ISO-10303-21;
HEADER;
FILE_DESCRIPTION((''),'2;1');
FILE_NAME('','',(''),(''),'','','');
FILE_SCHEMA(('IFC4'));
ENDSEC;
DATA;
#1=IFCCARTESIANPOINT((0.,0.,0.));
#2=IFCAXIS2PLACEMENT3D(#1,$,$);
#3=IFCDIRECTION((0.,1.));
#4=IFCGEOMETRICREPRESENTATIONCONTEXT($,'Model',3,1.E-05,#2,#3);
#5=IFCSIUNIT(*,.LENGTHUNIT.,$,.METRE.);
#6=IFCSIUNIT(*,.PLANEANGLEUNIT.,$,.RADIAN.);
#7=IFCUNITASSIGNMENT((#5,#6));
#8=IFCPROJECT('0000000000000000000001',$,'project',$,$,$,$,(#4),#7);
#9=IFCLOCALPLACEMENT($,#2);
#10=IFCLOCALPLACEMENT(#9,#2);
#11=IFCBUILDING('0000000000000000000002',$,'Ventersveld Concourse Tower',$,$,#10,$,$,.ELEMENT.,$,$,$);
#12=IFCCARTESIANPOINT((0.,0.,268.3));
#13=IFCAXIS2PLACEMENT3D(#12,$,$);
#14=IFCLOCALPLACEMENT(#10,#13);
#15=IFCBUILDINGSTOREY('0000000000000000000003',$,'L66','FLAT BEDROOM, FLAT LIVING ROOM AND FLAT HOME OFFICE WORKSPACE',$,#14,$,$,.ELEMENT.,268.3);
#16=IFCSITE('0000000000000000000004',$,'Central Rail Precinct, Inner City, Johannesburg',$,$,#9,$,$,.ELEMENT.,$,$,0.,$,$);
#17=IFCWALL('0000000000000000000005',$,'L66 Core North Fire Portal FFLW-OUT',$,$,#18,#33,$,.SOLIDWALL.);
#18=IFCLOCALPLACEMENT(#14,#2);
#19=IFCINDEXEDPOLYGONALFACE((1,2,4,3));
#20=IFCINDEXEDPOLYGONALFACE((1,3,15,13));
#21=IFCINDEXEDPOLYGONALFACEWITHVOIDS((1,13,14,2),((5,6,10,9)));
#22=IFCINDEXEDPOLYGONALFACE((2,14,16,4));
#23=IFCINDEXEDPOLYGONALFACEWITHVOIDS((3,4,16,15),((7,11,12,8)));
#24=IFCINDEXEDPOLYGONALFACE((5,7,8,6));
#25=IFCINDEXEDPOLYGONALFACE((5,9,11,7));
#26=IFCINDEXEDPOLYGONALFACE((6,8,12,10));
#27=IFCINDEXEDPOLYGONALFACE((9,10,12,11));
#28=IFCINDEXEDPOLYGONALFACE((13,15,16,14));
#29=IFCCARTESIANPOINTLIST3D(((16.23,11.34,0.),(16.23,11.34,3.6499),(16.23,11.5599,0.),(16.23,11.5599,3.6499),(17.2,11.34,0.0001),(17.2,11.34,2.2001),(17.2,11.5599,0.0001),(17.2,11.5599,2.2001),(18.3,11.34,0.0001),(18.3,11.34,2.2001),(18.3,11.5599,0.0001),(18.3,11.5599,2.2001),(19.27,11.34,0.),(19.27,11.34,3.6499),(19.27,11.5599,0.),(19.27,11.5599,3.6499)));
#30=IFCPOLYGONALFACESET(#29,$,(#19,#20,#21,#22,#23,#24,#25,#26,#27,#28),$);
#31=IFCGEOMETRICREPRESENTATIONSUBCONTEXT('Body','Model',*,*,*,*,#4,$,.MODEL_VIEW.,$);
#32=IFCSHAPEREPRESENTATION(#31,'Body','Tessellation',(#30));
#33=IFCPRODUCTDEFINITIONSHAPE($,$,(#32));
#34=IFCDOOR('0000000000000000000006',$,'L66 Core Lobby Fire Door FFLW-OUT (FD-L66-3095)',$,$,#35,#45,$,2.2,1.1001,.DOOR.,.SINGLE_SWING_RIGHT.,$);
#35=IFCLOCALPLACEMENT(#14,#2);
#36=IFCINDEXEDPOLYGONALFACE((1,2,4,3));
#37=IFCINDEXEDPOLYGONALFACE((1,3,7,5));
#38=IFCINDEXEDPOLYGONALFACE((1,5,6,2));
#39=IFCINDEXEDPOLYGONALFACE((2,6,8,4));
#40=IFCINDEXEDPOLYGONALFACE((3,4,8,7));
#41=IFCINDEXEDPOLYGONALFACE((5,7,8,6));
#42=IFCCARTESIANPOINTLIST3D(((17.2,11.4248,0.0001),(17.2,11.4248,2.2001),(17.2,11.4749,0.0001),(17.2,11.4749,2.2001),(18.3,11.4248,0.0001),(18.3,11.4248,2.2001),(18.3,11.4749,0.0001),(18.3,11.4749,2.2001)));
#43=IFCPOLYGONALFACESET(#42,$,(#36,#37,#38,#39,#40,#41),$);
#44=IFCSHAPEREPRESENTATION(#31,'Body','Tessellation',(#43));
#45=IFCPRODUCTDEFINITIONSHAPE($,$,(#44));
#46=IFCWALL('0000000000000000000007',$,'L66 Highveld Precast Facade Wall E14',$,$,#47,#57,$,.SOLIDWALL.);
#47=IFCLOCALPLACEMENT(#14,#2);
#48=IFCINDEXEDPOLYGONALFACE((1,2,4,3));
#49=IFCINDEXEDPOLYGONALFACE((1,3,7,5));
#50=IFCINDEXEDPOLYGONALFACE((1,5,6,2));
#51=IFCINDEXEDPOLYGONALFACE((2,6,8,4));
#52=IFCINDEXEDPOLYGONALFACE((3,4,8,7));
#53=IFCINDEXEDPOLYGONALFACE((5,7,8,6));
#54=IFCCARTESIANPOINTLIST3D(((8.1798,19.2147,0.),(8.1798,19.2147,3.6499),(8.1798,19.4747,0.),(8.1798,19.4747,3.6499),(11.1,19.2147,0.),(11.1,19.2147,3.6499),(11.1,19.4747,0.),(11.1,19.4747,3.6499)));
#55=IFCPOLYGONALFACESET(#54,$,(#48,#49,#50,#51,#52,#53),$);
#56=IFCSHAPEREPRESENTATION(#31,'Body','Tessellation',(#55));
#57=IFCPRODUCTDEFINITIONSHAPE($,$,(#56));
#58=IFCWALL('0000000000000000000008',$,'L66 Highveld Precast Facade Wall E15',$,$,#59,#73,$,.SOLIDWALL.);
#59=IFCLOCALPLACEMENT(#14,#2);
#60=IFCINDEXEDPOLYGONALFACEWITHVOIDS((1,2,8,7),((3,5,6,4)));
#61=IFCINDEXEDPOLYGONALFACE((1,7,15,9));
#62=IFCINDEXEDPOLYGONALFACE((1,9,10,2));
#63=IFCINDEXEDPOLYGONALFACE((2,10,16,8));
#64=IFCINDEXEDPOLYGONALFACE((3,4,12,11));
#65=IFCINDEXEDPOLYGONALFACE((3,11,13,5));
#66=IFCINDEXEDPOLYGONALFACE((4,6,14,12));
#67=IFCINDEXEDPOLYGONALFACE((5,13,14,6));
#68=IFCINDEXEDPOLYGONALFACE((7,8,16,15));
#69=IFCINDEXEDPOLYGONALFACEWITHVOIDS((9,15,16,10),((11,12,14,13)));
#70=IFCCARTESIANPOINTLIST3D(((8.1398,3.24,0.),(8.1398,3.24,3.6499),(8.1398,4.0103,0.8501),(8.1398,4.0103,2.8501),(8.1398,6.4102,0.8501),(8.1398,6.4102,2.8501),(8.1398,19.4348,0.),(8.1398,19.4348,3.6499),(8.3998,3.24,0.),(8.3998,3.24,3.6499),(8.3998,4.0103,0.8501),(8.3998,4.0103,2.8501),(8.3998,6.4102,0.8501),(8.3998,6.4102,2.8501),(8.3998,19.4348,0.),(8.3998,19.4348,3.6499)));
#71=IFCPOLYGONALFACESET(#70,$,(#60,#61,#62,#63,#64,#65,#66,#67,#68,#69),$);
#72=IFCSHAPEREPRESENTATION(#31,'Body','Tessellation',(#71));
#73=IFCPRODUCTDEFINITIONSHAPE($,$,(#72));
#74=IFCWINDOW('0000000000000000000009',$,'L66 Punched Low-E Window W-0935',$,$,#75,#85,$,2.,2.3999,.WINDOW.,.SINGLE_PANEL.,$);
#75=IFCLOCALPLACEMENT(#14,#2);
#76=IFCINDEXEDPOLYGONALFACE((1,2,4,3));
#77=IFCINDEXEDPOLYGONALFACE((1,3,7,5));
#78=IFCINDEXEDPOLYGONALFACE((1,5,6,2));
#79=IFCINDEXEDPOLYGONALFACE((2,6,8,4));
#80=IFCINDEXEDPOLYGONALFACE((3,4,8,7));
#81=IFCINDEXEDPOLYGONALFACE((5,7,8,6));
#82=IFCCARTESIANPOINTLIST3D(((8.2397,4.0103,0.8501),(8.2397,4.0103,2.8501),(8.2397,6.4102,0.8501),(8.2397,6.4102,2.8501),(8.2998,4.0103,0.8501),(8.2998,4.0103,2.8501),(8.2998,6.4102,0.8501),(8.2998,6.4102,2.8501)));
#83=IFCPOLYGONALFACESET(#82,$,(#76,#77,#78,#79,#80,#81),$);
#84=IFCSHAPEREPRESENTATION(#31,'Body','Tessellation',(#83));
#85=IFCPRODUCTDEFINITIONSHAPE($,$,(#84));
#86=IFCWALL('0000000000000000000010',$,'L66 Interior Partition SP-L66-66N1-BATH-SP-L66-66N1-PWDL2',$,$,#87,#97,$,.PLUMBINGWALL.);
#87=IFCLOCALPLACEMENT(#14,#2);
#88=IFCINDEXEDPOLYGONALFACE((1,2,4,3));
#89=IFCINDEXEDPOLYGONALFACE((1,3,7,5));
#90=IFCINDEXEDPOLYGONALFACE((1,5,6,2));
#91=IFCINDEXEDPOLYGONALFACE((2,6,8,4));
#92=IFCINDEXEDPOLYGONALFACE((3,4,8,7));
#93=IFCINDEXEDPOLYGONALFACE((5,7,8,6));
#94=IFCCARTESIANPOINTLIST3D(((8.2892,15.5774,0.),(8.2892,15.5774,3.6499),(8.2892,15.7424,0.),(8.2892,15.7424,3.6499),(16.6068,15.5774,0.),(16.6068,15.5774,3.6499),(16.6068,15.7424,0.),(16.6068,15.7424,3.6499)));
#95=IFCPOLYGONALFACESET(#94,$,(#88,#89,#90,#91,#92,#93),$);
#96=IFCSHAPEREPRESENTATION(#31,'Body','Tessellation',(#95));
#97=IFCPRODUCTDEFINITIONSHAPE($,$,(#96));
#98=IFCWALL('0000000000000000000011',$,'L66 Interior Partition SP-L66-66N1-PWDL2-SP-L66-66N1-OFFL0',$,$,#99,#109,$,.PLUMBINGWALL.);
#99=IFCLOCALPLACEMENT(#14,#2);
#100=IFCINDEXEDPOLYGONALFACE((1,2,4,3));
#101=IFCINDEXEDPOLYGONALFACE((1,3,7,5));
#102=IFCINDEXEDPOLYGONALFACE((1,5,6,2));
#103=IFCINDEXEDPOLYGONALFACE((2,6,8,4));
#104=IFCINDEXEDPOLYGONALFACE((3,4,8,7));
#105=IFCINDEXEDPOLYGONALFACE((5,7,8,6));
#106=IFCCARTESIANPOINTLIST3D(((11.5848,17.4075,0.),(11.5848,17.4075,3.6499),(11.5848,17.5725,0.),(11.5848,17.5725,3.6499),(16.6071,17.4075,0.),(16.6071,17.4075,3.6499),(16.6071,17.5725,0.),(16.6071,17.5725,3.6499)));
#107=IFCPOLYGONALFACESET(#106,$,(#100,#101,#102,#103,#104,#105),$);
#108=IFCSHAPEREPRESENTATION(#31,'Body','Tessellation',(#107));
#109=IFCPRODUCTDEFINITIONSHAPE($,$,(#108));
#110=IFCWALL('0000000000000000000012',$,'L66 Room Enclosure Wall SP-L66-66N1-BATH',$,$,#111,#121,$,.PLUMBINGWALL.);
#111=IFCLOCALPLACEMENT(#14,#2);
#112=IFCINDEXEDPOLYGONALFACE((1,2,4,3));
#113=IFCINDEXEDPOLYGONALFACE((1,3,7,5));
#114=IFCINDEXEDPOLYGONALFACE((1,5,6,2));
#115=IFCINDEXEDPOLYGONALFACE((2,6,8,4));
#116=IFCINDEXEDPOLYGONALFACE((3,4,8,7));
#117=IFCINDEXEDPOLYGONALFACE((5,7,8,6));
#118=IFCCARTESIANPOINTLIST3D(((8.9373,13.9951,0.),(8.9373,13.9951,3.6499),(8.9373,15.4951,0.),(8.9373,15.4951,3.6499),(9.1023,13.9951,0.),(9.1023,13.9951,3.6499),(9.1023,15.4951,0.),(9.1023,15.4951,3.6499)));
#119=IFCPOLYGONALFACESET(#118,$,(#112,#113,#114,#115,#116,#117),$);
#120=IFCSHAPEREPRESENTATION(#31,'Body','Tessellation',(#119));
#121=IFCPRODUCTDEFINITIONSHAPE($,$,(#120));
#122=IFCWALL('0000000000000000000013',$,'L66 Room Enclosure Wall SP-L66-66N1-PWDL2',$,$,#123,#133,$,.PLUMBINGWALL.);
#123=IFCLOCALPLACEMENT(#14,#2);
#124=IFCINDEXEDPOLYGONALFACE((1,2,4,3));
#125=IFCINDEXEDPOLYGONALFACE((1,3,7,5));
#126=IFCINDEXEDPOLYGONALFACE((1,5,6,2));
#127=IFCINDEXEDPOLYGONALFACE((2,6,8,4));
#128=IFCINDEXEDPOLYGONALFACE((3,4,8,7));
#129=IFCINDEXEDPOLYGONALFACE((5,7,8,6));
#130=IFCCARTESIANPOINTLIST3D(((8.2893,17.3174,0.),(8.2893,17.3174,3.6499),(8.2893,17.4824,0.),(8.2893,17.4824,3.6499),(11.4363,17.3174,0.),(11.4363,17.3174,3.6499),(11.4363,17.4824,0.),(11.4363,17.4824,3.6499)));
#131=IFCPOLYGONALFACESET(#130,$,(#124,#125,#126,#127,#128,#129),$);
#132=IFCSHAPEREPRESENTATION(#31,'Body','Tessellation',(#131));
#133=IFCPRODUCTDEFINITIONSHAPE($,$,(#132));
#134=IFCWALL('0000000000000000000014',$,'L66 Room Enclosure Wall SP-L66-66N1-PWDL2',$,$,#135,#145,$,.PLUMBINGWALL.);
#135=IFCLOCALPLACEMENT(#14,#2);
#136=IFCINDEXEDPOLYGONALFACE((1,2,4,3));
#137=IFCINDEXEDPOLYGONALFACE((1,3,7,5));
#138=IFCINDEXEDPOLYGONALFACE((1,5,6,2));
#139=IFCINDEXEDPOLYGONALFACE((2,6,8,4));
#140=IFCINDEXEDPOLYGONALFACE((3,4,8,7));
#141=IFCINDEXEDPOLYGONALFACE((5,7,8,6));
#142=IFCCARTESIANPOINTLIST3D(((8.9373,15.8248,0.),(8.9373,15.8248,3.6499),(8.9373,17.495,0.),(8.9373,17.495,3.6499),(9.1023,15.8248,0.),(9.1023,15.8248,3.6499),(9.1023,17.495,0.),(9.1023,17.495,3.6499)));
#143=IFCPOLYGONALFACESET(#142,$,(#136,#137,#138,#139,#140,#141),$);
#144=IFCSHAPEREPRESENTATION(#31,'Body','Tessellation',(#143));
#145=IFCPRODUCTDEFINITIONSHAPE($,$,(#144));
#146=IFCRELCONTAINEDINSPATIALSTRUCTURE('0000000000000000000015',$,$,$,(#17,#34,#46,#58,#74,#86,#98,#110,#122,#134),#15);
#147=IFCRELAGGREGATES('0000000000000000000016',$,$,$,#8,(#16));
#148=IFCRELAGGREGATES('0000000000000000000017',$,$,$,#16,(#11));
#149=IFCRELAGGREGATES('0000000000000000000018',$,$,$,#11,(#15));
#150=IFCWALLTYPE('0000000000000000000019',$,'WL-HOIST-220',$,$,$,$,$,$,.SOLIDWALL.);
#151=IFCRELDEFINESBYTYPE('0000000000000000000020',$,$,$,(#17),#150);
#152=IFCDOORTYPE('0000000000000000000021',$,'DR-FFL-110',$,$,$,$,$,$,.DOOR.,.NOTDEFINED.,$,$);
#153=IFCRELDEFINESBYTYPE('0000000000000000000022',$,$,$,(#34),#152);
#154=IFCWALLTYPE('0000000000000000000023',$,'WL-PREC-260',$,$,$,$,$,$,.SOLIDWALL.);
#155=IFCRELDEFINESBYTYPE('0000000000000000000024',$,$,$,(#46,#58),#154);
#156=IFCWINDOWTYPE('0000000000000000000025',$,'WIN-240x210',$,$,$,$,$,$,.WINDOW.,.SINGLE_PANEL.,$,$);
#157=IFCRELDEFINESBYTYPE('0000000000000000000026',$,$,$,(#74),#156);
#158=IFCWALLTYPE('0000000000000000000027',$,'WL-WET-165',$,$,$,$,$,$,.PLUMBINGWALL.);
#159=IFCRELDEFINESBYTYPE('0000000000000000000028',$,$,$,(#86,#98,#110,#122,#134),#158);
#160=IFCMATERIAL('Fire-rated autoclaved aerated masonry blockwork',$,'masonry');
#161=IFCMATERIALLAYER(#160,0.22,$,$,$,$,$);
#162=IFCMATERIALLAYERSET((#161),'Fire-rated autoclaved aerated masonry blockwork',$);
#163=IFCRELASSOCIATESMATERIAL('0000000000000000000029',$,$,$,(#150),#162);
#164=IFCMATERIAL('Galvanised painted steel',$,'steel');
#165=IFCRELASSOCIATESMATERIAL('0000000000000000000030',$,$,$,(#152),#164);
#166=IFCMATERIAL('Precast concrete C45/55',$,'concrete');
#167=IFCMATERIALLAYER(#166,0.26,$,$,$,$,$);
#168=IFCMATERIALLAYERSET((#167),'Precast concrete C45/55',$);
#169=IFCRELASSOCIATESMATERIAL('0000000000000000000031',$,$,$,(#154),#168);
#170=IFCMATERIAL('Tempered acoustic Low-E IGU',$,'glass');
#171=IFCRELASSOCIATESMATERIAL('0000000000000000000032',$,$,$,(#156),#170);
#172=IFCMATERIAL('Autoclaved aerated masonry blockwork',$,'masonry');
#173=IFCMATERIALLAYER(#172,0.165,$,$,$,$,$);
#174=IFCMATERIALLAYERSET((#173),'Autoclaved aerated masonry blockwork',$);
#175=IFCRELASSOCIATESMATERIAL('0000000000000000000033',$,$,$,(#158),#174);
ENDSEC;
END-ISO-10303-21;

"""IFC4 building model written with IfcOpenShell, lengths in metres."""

from ifc_helpers import new_model, si_unit, direction, frame, frame_2d, origin, place, context, subcontext, project, spatial, rectangle, extrude, material, layer, layer_set, type_object, element, fill, save


model = new_model("IFC4")

# Units and contexts
model_context = context("Model", 3, precision=1e-05, world=origin(), true_north=direction((0.0, 1.0)))
body_context = subcontext(model_context, "Body", "Model", "MODEL_VIEW")
ifc_project = project(units=[si_unit("LENGTHUNIT", "METRE"), si_unit("PLANEANGLEUNIT", "RADIAN")], contexts=[model_context])

# Site, building, storey
site_placement = place(None, origin())
site = spatial("IfcSite", under=ifc_project, at=site_placement, Name="Central Rail Precinct, Inner City, Johannesburg", CompositionType="ELEMENT", RefElevation=0.0)
building_placement = place(site_placement, origin())
building = spatial("IfcBuilding", under=site, at=building_placement, Name="Ventersveld Concourse Tower", CompositionType="ELEMENT")
storey_placement = place(building_placement, frame((0.0, 0.0, 268.3)))
storey = spatial("IfcBuildingStorey", under=building, at=storey_placement, Name="L66", Description="FLAT BEDROOM, FLAT LIVING ROOM AND FLAT HOME OFFICE WORKSPACE", CompositionType="ELEMENT", Elevation=268.3)

# Shared definitions
ifc_material_1 = material(Name="Fire-rated autoclaved aerated masonry blockwork", Category="masonry")

# Wall, opening, door
ifc_layer_1 = layer(ifc_material_1, 0.22)
ifc_layer_set_1 = layer_set([ifc_layer_1], Name="Fire-rated autoclaved aerated masonry blockwork")
wall_type_1 = type_object("IfcWallType", Name="WL-HOIST-220", PredefinedType="SOLIDWALL", material=ifc_layer_set_1)
wall_1_placement = place(storey_placement, frame((16.23, 11.45, 0.0), z_axis=(0.0, 0.0, 1.0), x_axis=(1.0, 0.0, 0.0)))
wall_1 = element("IfcWall", 1, at=wall_1_placement, inside=storey, type_object=wall_type_1, Name="L66 Core North Fire Portal FFLW-OUT", PredefinedType="SOLIDWALL", context=body_context, shape_type="SweptSolid", body=[
    extrude(rectangle(XDim=3.04, YDim=0.22, at=frame_2d((1.52, 0.0))), origin(), (0.0, 0.0, 1.0), 3.6499),
])
opening_1_placement = place(wall_1_placement, frame((0.97, 0.0, 0.0)))
opening_1 = element("IfcOpeningElement", 2, at=opening_1_placement, cuts=wall_1, PredefinedType="OPENING", context=body_context, shape_type="SweptSolid", body=[
    extrude(rectangle(XDim=1.1001, YDim=2.2, at=frame_2d((0.55, 1.1001))), frame((0.0, 0.1201, 0.0), z_axis=(0.0, -1.0, 0.0), x_axis=(1.0, 0.0, 0.0)), (0.0, 0.0, 1.0), 0.24),
])
ifc_material_2 = material(Name="Galvanised painted steel", Category="steel")
door_type_1 = type_object("IfcDoorType", Name="DR-FFL-110", OperationType="NOTDEFINED", PredefinedType="DOOR", material=ifc_material_2)
door_1_placement = place(opening_1_placement, origin())
door_1 = element("IfcDoor", 3, at=door_1_placement, inside=storey, type_object=door_type_1, Name="L66 Core Lobby Fire Door FFLW-OUT (FD-L66-3095)", OperationType="SINGLE_SWING_RIGHT", OverallHeight=2.2, OverallWidth=1.1001, PredefinedType="DOOR", context=body_context, shape_type="SweptSolid", body=[
    extrude(rectangle(XDim=1.1001, YDim=2.2, at=frame_2d((0.55, 1.1001))), frame((0.0, 0.0249, 0.0), z_axis=(0.0, -1.0, 0.0), x_axis=(1.0, 0.0, 0.0)), (0.0, 0.0, 1.0), 0.05),
])
fill(opening_1, door_1)

# Wall
ifc_material_3 = material(Name="Precast concrete C45/55", Category="concrete")
ifc_layer_2 = layer(ifc_material_3, 0.26)
ifc_layer_set_2 = layer_set([ifc_layer_2], Name="Precast concrete C45/55")
wall_type_2 = type_object("IfcWallType", Name="WL-PREC-260", PredefinedType="SOLIDWALL", material=ifc_layer_set_2)
wall_2_placement = place(storey_placement, frame((11.0999, 19.3447, 0.0), z_axis=(0.0, 0.0, 1.0), x_axis=(-1.0, 0.0, 0.0)))
element("IfcWall", 4, at=wall_2_placement, inside=storey, type_object=wall_type_2, Name="L66 Highveld Precast Facade Wall E14", PredefinedType="SOLIDWALL", context=body_context, shape_type="SweptSolid", body=[
    extrude(rectangle(XDim=2.9202, YDim=0.26, at=frame_2d((1.46, 0.0))), origin(), (0.0, 0.0, 1.0), 3.6499),
])

# Wall, opening, window
wall_3_placement = place(storey_placement, frame((8.2698, 19.4348, 0.0), z_axis=(0.0, 0.0, 1.0), x_axis=(0.0, -1.0, 0.0)))
wall_3 = element("IfcWall", 5, at=wall_3_placement, inside=storey, type_object=wall_type_2, Name="L66 Highveld Precast Facade Wall E15", PredefinedType="SOLIDWALL", context=body_context, shape_type="SweptSolid", body=[
    extrude(rectangle(XDim=16.1948, YDim=0.26, at=frame_2d((8.0974, 0.0))), origin(), (0.0, 0.0, 1.0), 3.6499),
])
opening_2_placement = place(wall_3_placement, frame((13.0247, 0.0, 0.8501)))
opening_2 = element("IfcOpeningElement", 6, at=opening_2_placement, cuts=wall_3, PredefinedType="OPENING", context=body_context, shape_type="SweptSolid", body=[
    extrude(rectangle(XDim=2.3999, YDim=2.0, at=frame_2d((1.2, 1.0))), frame((0.0, 0.1401, 0.0), z_axis=(0.0, -1.0, 0.0), x_axis=(1.0, 0.0, 0.0)), (0.0, 0.0, 1.0), 0.28),
])
ifc_material_4 = material(Name="Tempered acoustic Low-E IGU", Category="glass")
window_type = type_object("IfcWindowType", Name="WIN-240x210", PartitioningType="SINGLE_PANEL", PredefinedType="WINDOW", material=ifc_material_4)
window_placement = place(opening_2_placement, origin())
window = element("IfcWindow", 7, at=window_placement, inside=storey, type_object=window_type, Name="L66 Punched Low-E Window W-0935", OverallHeight=2.0, OverallWidth=2.3999, PartitioningType="SINGLE_PANEL", PredefinedType="WINDOW", context=body_context, shape_type="SweptSolid", body=[
    extrude(rectangle(XDim=2.3999, YDim=2.0, at=frame_2d((1.2, 1.0))), frame((0.0, 0.03, 0.0), z_axis=(0.0, -1.0, 0.0), x_axis=(1.0, 0.0, 0.0)), (0.0, 0.0, 1.0), 0.0601),
])
fill(opening_2, window)

# Walls
ifc_material_5 = material(Name="Autoclaved aerated masonry blockwork", Category="masonry")
ifc_layer_3 = layer(ifc_material_5, 0.165)
ifc_layer_set_3 = layer_set([ifc_layer_3], Name="Autoclaved aerated masonry blockwork")
wall_type_3 = type_object("IfcWallType", Name="WL-WET-165", PredefinedType="PLUMBINGWALL", material=ifc_layer_set_3)
wall_4_placement = place(storey_placement, frame((8.2893, 15.6599, 0.0), z_axis=(0.0, 0.0, 1.0), x_axis=(1.0, 0.0, 0.0)))
element("IfcWall", 8, at=wall_4_placement, inside=storey, type_object=wall_type_3, Name="L66 Interior Partition SP-L66-66N1-BATH-SP-L66-66N1-PWDL2", PredefinedType="PLUMBINGWALL", context=body_context, shape_type="SweptSolid", body=[
    extrude(rectangle(XDim=8.3176, YDim=0.165, at=frame_2d((4.1587, 0.0))), origin(), (0.0, 0.0, 1.0), 3.6499),
])
wall_5_placement = place(storey_placement, frame((11.5847, 17.49, 0.0), z_axis=(0.0, 0.0, 1.0), x_axis=(1.0, 0.0, 0.0)))
element("IfcWall", 9, at=wall_5_placement, inside=storey, type_object=wall_type_3, Name="L66 Interior Partition SP-L66-66N1-PWDL2-SP-L66-66N1-OFFL0", PredefinedType="PLUMBINGWALL", context=body_context, shape_type="SweptSolid", body=[
    extrude(rectangle(XDim=5.0222, YDim=0.165, at=frame_2d((2.5112, 0.0))), origin(), (0.0, 0.0, 1.0), 3.6499),
])
wall_6_placement = place(storey_placement, frame((9.0198, 13.9951, 0.0), z_axis=(0.0, 0.0, 1.0), x_axis=(0.0, 1.0, 0.0)))
element("IfcWall", 10, at=wall_6_placement, inside=storey, type_object=wall_type_3, Name="L66 Room Enclosure Wall SP-L66-66N1-BATH", PredefinedType="PLUMBINGWALL", context=body_context, shape_type="SweptSolid", body=[
    extrude(rectangle(XDim=1.5, YDim=0.165, at=frame_2d((0.75, 0.0))), origin(), (0.0, 0.0, 1.0), 3.6499),
])
wall_7_placement = place(storey_placement, frame((8.2893, 17.3999, 0.0), z_axis=(0.0, 0.0, 1.0), x_axis=(1.0, 0.0, 0.0)))
element("IfcWall", 11, at=wall_7_placement, inside=storey, type_object=wall_type_3, Name="L66 Room Enclosure Wall SP-L66-66N1-PWDL2", PredefinedType="PLUMBINGWALL", context=body_context, shape_type="SweptSolid", body=[
    extrude(rectangle(XDim=3.147, YDim=0.165, at=frame_2d((1.5735, 0.0))), origin(), (0.0, 0.0, 1.0), 3.6499),
])
wall_8_placement = place(storey_placement, frame((9.0198, 15.825, 0.0), z_axis=(0.0, 0.0, 1.0), x_axis=(0.0, 1.0, 0.0)))
element("IfcWall", 12, at=wall_8_placement, inside=storey, type_object=wall_type_3, Name="L66 Room Enclosure Wall SP-L66-66N1-PWDL2", PredefinedType="PLUMBINGWALL", context=body_context, shape_type="SweptSolid", body=[
    extrude(rectangle(XDim=1.6702, YDim=0.165, at=frame_2d((0.835, 0.0))), origin(), (0.0, 0.0, 1.0), 3.6499),
])

save(model, "model.ifc")
